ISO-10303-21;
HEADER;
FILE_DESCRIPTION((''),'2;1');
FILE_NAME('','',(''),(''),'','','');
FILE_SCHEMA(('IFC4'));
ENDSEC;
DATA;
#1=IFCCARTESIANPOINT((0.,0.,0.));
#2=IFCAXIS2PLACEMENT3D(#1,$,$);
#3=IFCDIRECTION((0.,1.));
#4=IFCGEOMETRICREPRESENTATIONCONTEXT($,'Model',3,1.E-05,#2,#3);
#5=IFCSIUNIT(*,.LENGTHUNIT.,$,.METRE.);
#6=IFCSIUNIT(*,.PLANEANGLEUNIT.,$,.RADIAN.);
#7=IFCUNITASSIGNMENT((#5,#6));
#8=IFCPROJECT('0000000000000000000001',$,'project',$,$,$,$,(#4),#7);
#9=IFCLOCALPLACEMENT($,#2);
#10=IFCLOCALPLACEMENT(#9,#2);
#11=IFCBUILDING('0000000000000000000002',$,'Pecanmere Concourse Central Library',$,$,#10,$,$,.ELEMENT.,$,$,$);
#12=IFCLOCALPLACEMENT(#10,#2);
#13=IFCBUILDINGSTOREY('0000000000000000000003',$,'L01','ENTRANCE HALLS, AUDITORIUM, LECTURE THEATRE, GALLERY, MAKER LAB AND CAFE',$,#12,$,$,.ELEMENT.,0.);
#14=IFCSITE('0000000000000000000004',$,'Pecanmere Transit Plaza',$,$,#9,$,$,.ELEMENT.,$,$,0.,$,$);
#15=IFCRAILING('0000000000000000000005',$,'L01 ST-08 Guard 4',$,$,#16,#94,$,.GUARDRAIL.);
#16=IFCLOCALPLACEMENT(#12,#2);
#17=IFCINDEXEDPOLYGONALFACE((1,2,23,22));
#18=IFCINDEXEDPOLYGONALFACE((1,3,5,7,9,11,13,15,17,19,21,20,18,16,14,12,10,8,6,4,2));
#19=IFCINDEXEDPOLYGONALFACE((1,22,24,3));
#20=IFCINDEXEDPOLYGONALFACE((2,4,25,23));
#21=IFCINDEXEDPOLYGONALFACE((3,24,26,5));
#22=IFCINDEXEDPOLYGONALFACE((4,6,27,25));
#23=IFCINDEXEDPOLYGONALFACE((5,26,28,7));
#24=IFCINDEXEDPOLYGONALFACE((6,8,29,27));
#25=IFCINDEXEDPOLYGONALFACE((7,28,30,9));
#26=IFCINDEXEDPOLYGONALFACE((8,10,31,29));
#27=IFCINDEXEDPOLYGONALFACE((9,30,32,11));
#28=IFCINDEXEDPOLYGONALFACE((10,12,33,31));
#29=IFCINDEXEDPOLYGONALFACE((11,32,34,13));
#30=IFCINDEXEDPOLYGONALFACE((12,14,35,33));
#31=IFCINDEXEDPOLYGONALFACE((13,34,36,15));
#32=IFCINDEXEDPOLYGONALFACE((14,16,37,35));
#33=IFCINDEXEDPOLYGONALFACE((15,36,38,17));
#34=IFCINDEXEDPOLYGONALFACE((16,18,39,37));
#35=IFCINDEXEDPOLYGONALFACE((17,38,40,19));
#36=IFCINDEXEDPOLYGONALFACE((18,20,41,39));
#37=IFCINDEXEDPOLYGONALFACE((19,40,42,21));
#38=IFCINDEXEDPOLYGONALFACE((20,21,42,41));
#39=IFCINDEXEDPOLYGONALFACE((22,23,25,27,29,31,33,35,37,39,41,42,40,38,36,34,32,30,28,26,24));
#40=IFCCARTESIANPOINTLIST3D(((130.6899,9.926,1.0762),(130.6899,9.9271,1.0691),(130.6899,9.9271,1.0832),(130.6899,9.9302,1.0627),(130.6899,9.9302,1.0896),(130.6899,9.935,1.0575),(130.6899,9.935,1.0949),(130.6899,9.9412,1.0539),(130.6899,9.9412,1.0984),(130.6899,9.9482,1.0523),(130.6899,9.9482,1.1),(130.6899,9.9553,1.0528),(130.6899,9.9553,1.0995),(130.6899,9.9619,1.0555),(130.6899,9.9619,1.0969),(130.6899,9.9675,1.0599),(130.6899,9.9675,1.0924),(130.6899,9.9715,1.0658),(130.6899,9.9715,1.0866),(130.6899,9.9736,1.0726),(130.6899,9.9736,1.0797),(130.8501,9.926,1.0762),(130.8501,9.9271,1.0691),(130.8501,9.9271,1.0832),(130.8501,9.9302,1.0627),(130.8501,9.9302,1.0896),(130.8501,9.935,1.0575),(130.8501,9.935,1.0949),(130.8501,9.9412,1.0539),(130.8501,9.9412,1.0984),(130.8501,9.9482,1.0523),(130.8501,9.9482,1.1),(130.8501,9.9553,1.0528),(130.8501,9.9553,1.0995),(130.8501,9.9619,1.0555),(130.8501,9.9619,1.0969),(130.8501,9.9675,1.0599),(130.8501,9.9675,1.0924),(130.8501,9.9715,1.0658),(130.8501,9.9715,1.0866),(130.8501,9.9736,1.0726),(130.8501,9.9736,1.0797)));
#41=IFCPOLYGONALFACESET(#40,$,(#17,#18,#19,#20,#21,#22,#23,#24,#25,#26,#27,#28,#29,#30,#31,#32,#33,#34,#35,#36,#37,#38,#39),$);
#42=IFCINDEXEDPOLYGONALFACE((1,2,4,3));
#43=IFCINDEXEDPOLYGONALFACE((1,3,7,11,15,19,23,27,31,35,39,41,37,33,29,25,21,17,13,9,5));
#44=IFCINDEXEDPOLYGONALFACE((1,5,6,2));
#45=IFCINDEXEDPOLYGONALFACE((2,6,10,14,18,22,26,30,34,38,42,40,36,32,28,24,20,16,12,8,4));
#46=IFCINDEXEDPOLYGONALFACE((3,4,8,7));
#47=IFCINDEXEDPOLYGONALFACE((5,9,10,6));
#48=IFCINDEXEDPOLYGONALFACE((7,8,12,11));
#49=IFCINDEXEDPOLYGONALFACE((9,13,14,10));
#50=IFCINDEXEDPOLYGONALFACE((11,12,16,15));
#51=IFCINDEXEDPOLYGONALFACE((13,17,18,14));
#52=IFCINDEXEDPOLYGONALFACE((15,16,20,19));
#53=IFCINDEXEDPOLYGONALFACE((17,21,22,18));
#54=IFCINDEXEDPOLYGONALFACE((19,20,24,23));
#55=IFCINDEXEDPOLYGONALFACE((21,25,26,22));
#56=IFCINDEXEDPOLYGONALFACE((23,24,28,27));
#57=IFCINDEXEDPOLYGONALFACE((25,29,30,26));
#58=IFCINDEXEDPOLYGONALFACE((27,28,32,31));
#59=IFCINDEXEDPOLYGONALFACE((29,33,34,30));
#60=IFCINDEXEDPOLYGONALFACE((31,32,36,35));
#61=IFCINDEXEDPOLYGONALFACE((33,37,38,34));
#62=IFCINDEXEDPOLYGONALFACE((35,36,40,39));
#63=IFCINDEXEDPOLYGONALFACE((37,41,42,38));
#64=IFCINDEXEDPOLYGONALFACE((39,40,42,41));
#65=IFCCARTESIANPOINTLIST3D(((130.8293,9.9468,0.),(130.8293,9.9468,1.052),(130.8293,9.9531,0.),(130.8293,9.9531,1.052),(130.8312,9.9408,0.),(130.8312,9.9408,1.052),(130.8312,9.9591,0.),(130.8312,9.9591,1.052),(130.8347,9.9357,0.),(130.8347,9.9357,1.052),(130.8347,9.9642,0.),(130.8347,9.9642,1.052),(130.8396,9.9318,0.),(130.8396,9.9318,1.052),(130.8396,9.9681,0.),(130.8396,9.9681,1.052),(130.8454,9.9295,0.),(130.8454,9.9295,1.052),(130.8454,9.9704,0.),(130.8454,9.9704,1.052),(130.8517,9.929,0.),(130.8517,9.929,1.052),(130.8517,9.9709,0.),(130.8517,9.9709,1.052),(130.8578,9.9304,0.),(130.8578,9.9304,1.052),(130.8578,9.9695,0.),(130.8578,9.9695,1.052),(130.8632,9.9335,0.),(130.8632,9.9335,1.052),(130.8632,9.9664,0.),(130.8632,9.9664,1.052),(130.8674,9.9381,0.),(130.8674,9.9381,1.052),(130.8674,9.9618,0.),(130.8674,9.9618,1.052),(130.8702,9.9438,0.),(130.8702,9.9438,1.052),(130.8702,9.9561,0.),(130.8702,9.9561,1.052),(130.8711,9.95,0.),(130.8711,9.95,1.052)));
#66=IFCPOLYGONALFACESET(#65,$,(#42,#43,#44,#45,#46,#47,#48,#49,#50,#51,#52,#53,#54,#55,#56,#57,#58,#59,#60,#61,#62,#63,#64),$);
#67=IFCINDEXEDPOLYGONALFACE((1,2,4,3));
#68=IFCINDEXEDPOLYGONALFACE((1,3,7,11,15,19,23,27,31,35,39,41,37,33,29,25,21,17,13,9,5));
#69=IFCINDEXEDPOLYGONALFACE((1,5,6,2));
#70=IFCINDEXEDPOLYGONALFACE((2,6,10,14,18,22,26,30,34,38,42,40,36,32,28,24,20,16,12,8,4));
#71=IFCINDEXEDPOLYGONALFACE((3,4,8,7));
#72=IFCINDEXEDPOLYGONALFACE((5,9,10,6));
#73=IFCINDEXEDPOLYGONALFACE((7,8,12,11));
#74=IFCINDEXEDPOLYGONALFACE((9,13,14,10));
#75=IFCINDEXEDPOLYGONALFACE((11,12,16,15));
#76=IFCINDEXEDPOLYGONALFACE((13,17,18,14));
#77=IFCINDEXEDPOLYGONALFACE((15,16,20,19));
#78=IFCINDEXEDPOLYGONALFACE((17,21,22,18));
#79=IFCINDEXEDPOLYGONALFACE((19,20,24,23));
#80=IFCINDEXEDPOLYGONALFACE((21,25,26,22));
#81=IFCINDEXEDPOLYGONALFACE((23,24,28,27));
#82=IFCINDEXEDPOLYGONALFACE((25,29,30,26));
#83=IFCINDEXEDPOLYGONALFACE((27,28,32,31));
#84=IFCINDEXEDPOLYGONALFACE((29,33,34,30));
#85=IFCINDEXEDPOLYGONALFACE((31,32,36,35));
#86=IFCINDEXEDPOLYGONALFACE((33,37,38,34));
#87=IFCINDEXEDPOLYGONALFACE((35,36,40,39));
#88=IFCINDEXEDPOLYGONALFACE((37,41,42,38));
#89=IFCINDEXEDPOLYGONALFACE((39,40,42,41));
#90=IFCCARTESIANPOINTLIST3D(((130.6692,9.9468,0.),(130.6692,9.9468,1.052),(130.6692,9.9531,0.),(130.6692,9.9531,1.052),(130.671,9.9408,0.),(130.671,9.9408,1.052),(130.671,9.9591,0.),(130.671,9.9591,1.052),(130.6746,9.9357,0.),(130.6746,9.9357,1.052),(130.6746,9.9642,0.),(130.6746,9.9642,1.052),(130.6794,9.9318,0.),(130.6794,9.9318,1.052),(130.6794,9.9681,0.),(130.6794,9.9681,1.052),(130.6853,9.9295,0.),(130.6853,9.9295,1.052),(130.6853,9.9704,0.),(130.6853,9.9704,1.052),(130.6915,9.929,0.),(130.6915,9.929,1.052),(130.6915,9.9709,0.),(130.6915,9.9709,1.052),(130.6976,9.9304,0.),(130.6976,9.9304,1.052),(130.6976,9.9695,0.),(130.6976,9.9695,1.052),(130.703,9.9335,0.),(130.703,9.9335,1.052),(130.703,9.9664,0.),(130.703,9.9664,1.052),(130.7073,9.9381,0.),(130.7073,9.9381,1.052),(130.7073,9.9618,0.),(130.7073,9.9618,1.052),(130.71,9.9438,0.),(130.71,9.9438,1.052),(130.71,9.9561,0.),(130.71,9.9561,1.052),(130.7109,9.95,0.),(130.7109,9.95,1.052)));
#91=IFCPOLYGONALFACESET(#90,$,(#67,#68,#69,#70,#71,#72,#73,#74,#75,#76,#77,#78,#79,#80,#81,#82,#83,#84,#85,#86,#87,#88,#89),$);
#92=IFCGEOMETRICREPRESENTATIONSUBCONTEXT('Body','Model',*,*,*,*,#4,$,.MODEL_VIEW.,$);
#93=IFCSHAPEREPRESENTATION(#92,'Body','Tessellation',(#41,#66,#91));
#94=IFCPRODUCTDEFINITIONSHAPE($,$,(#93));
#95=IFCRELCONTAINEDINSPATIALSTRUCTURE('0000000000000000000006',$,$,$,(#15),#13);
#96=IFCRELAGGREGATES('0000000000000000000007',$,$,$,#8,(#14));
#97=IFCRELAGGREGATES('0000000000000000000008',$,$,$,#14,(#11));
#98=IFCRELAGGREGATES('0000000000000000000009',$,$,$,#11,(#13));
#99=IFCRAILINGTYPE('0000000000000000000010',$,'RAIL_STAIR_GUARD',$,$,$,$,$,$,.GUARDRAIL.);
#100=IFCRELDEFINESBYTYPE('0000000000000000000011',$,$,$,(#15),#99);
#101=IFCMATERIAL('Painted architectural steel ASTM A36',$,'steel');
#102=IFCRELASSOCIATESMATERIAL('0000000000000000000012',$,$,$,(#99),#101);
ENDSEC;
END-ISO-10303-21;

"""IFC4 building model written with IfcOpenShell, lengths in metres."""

from ifc_helpers import new_model, si_unit, direction, frame, origin, origin_2d, place, context, subcontext, project, spatial, circle, extrude, material, type_object, element, save


model = new_model("IFC4")

# Units and contexts
model_context = context("Model", 3, precision=1e-05, world=origin(), true_north=direction((0.0, 1.0)))
body_context = subcontext(model_context, "Body", "Model", "MODEL_VIEW")
ifc_project = project(units=[si_unit("LENGTHUNIT", "METRE"), si_unit("PLANEANGLEUNIT", "RADIAN")], contexts=[model_context])

# Site, building, storey
site_placement = place(None, origin())
site = spatial("IfcSite", under=ifc_project, at=site_placement, Name="Pecanmere Transit Plaza", CompositionType="ELEMENT", RefElevation=0.0)
building_placement = place(site_placement, origin())
building = spatial("IfcBuilding", under=site, at=building_placement, Name="Pecanmere Concourse Central Library", CompositionType="ELEMENT")
storey_placement = place(building_placement, origin())
storey = spatial("IfcBuildingStorey", under=building, at=storey_placement, Name="L01", Description="ENTRANCE HALLS, AUDITORIUM, LECTURE THEATRE, GALLERY, MAKER LAB AND CAFE", CompositionType="ELEMENT", Elevation=0.0)

# Railing
ifc_material_1 = material(Name="Painted architectural steel ASTM A36", Category="steel")
railing_type_1 = type_object("IfcRailingType", Name="RAIL_STAIR_GUARD", PredefinedType="GUARDRAIL", material=ifc_material_1)
railing_1_placement = place(storey_placement, frame((130.8501, 9.95, 0.0)))
element("IfcRailing", 1, at=railing_1_placement, inside=storey, type_object=railing_type_1, Name="L01 ST-08 Guard 4", PredefinedType="GUARDRAIL", context=body_context, shape_type="SweptSolid", body=[
    extrude(circle(Radius=0.0239, at=origin_2d()), frame((0.0, 0.0, 1.0762), z_axis=(-1.0, 0.0, 0.0), x_axis=(0.0, -1.0, 0.0)), (0.0, 0.0, 1.0), 0.1602),
    extrude(circle(Radius=0.021, at=origin_2d()), origin(), (0.0, 0.0, 1.0), 1.052),
    extrude(circle(Radius=0.021, at=origin_2d()), frame((-0.1602, 0.0, 0.0)), (0.0, 0.0, 1.0), 1.052),
])

save(model, "model.ifc")
